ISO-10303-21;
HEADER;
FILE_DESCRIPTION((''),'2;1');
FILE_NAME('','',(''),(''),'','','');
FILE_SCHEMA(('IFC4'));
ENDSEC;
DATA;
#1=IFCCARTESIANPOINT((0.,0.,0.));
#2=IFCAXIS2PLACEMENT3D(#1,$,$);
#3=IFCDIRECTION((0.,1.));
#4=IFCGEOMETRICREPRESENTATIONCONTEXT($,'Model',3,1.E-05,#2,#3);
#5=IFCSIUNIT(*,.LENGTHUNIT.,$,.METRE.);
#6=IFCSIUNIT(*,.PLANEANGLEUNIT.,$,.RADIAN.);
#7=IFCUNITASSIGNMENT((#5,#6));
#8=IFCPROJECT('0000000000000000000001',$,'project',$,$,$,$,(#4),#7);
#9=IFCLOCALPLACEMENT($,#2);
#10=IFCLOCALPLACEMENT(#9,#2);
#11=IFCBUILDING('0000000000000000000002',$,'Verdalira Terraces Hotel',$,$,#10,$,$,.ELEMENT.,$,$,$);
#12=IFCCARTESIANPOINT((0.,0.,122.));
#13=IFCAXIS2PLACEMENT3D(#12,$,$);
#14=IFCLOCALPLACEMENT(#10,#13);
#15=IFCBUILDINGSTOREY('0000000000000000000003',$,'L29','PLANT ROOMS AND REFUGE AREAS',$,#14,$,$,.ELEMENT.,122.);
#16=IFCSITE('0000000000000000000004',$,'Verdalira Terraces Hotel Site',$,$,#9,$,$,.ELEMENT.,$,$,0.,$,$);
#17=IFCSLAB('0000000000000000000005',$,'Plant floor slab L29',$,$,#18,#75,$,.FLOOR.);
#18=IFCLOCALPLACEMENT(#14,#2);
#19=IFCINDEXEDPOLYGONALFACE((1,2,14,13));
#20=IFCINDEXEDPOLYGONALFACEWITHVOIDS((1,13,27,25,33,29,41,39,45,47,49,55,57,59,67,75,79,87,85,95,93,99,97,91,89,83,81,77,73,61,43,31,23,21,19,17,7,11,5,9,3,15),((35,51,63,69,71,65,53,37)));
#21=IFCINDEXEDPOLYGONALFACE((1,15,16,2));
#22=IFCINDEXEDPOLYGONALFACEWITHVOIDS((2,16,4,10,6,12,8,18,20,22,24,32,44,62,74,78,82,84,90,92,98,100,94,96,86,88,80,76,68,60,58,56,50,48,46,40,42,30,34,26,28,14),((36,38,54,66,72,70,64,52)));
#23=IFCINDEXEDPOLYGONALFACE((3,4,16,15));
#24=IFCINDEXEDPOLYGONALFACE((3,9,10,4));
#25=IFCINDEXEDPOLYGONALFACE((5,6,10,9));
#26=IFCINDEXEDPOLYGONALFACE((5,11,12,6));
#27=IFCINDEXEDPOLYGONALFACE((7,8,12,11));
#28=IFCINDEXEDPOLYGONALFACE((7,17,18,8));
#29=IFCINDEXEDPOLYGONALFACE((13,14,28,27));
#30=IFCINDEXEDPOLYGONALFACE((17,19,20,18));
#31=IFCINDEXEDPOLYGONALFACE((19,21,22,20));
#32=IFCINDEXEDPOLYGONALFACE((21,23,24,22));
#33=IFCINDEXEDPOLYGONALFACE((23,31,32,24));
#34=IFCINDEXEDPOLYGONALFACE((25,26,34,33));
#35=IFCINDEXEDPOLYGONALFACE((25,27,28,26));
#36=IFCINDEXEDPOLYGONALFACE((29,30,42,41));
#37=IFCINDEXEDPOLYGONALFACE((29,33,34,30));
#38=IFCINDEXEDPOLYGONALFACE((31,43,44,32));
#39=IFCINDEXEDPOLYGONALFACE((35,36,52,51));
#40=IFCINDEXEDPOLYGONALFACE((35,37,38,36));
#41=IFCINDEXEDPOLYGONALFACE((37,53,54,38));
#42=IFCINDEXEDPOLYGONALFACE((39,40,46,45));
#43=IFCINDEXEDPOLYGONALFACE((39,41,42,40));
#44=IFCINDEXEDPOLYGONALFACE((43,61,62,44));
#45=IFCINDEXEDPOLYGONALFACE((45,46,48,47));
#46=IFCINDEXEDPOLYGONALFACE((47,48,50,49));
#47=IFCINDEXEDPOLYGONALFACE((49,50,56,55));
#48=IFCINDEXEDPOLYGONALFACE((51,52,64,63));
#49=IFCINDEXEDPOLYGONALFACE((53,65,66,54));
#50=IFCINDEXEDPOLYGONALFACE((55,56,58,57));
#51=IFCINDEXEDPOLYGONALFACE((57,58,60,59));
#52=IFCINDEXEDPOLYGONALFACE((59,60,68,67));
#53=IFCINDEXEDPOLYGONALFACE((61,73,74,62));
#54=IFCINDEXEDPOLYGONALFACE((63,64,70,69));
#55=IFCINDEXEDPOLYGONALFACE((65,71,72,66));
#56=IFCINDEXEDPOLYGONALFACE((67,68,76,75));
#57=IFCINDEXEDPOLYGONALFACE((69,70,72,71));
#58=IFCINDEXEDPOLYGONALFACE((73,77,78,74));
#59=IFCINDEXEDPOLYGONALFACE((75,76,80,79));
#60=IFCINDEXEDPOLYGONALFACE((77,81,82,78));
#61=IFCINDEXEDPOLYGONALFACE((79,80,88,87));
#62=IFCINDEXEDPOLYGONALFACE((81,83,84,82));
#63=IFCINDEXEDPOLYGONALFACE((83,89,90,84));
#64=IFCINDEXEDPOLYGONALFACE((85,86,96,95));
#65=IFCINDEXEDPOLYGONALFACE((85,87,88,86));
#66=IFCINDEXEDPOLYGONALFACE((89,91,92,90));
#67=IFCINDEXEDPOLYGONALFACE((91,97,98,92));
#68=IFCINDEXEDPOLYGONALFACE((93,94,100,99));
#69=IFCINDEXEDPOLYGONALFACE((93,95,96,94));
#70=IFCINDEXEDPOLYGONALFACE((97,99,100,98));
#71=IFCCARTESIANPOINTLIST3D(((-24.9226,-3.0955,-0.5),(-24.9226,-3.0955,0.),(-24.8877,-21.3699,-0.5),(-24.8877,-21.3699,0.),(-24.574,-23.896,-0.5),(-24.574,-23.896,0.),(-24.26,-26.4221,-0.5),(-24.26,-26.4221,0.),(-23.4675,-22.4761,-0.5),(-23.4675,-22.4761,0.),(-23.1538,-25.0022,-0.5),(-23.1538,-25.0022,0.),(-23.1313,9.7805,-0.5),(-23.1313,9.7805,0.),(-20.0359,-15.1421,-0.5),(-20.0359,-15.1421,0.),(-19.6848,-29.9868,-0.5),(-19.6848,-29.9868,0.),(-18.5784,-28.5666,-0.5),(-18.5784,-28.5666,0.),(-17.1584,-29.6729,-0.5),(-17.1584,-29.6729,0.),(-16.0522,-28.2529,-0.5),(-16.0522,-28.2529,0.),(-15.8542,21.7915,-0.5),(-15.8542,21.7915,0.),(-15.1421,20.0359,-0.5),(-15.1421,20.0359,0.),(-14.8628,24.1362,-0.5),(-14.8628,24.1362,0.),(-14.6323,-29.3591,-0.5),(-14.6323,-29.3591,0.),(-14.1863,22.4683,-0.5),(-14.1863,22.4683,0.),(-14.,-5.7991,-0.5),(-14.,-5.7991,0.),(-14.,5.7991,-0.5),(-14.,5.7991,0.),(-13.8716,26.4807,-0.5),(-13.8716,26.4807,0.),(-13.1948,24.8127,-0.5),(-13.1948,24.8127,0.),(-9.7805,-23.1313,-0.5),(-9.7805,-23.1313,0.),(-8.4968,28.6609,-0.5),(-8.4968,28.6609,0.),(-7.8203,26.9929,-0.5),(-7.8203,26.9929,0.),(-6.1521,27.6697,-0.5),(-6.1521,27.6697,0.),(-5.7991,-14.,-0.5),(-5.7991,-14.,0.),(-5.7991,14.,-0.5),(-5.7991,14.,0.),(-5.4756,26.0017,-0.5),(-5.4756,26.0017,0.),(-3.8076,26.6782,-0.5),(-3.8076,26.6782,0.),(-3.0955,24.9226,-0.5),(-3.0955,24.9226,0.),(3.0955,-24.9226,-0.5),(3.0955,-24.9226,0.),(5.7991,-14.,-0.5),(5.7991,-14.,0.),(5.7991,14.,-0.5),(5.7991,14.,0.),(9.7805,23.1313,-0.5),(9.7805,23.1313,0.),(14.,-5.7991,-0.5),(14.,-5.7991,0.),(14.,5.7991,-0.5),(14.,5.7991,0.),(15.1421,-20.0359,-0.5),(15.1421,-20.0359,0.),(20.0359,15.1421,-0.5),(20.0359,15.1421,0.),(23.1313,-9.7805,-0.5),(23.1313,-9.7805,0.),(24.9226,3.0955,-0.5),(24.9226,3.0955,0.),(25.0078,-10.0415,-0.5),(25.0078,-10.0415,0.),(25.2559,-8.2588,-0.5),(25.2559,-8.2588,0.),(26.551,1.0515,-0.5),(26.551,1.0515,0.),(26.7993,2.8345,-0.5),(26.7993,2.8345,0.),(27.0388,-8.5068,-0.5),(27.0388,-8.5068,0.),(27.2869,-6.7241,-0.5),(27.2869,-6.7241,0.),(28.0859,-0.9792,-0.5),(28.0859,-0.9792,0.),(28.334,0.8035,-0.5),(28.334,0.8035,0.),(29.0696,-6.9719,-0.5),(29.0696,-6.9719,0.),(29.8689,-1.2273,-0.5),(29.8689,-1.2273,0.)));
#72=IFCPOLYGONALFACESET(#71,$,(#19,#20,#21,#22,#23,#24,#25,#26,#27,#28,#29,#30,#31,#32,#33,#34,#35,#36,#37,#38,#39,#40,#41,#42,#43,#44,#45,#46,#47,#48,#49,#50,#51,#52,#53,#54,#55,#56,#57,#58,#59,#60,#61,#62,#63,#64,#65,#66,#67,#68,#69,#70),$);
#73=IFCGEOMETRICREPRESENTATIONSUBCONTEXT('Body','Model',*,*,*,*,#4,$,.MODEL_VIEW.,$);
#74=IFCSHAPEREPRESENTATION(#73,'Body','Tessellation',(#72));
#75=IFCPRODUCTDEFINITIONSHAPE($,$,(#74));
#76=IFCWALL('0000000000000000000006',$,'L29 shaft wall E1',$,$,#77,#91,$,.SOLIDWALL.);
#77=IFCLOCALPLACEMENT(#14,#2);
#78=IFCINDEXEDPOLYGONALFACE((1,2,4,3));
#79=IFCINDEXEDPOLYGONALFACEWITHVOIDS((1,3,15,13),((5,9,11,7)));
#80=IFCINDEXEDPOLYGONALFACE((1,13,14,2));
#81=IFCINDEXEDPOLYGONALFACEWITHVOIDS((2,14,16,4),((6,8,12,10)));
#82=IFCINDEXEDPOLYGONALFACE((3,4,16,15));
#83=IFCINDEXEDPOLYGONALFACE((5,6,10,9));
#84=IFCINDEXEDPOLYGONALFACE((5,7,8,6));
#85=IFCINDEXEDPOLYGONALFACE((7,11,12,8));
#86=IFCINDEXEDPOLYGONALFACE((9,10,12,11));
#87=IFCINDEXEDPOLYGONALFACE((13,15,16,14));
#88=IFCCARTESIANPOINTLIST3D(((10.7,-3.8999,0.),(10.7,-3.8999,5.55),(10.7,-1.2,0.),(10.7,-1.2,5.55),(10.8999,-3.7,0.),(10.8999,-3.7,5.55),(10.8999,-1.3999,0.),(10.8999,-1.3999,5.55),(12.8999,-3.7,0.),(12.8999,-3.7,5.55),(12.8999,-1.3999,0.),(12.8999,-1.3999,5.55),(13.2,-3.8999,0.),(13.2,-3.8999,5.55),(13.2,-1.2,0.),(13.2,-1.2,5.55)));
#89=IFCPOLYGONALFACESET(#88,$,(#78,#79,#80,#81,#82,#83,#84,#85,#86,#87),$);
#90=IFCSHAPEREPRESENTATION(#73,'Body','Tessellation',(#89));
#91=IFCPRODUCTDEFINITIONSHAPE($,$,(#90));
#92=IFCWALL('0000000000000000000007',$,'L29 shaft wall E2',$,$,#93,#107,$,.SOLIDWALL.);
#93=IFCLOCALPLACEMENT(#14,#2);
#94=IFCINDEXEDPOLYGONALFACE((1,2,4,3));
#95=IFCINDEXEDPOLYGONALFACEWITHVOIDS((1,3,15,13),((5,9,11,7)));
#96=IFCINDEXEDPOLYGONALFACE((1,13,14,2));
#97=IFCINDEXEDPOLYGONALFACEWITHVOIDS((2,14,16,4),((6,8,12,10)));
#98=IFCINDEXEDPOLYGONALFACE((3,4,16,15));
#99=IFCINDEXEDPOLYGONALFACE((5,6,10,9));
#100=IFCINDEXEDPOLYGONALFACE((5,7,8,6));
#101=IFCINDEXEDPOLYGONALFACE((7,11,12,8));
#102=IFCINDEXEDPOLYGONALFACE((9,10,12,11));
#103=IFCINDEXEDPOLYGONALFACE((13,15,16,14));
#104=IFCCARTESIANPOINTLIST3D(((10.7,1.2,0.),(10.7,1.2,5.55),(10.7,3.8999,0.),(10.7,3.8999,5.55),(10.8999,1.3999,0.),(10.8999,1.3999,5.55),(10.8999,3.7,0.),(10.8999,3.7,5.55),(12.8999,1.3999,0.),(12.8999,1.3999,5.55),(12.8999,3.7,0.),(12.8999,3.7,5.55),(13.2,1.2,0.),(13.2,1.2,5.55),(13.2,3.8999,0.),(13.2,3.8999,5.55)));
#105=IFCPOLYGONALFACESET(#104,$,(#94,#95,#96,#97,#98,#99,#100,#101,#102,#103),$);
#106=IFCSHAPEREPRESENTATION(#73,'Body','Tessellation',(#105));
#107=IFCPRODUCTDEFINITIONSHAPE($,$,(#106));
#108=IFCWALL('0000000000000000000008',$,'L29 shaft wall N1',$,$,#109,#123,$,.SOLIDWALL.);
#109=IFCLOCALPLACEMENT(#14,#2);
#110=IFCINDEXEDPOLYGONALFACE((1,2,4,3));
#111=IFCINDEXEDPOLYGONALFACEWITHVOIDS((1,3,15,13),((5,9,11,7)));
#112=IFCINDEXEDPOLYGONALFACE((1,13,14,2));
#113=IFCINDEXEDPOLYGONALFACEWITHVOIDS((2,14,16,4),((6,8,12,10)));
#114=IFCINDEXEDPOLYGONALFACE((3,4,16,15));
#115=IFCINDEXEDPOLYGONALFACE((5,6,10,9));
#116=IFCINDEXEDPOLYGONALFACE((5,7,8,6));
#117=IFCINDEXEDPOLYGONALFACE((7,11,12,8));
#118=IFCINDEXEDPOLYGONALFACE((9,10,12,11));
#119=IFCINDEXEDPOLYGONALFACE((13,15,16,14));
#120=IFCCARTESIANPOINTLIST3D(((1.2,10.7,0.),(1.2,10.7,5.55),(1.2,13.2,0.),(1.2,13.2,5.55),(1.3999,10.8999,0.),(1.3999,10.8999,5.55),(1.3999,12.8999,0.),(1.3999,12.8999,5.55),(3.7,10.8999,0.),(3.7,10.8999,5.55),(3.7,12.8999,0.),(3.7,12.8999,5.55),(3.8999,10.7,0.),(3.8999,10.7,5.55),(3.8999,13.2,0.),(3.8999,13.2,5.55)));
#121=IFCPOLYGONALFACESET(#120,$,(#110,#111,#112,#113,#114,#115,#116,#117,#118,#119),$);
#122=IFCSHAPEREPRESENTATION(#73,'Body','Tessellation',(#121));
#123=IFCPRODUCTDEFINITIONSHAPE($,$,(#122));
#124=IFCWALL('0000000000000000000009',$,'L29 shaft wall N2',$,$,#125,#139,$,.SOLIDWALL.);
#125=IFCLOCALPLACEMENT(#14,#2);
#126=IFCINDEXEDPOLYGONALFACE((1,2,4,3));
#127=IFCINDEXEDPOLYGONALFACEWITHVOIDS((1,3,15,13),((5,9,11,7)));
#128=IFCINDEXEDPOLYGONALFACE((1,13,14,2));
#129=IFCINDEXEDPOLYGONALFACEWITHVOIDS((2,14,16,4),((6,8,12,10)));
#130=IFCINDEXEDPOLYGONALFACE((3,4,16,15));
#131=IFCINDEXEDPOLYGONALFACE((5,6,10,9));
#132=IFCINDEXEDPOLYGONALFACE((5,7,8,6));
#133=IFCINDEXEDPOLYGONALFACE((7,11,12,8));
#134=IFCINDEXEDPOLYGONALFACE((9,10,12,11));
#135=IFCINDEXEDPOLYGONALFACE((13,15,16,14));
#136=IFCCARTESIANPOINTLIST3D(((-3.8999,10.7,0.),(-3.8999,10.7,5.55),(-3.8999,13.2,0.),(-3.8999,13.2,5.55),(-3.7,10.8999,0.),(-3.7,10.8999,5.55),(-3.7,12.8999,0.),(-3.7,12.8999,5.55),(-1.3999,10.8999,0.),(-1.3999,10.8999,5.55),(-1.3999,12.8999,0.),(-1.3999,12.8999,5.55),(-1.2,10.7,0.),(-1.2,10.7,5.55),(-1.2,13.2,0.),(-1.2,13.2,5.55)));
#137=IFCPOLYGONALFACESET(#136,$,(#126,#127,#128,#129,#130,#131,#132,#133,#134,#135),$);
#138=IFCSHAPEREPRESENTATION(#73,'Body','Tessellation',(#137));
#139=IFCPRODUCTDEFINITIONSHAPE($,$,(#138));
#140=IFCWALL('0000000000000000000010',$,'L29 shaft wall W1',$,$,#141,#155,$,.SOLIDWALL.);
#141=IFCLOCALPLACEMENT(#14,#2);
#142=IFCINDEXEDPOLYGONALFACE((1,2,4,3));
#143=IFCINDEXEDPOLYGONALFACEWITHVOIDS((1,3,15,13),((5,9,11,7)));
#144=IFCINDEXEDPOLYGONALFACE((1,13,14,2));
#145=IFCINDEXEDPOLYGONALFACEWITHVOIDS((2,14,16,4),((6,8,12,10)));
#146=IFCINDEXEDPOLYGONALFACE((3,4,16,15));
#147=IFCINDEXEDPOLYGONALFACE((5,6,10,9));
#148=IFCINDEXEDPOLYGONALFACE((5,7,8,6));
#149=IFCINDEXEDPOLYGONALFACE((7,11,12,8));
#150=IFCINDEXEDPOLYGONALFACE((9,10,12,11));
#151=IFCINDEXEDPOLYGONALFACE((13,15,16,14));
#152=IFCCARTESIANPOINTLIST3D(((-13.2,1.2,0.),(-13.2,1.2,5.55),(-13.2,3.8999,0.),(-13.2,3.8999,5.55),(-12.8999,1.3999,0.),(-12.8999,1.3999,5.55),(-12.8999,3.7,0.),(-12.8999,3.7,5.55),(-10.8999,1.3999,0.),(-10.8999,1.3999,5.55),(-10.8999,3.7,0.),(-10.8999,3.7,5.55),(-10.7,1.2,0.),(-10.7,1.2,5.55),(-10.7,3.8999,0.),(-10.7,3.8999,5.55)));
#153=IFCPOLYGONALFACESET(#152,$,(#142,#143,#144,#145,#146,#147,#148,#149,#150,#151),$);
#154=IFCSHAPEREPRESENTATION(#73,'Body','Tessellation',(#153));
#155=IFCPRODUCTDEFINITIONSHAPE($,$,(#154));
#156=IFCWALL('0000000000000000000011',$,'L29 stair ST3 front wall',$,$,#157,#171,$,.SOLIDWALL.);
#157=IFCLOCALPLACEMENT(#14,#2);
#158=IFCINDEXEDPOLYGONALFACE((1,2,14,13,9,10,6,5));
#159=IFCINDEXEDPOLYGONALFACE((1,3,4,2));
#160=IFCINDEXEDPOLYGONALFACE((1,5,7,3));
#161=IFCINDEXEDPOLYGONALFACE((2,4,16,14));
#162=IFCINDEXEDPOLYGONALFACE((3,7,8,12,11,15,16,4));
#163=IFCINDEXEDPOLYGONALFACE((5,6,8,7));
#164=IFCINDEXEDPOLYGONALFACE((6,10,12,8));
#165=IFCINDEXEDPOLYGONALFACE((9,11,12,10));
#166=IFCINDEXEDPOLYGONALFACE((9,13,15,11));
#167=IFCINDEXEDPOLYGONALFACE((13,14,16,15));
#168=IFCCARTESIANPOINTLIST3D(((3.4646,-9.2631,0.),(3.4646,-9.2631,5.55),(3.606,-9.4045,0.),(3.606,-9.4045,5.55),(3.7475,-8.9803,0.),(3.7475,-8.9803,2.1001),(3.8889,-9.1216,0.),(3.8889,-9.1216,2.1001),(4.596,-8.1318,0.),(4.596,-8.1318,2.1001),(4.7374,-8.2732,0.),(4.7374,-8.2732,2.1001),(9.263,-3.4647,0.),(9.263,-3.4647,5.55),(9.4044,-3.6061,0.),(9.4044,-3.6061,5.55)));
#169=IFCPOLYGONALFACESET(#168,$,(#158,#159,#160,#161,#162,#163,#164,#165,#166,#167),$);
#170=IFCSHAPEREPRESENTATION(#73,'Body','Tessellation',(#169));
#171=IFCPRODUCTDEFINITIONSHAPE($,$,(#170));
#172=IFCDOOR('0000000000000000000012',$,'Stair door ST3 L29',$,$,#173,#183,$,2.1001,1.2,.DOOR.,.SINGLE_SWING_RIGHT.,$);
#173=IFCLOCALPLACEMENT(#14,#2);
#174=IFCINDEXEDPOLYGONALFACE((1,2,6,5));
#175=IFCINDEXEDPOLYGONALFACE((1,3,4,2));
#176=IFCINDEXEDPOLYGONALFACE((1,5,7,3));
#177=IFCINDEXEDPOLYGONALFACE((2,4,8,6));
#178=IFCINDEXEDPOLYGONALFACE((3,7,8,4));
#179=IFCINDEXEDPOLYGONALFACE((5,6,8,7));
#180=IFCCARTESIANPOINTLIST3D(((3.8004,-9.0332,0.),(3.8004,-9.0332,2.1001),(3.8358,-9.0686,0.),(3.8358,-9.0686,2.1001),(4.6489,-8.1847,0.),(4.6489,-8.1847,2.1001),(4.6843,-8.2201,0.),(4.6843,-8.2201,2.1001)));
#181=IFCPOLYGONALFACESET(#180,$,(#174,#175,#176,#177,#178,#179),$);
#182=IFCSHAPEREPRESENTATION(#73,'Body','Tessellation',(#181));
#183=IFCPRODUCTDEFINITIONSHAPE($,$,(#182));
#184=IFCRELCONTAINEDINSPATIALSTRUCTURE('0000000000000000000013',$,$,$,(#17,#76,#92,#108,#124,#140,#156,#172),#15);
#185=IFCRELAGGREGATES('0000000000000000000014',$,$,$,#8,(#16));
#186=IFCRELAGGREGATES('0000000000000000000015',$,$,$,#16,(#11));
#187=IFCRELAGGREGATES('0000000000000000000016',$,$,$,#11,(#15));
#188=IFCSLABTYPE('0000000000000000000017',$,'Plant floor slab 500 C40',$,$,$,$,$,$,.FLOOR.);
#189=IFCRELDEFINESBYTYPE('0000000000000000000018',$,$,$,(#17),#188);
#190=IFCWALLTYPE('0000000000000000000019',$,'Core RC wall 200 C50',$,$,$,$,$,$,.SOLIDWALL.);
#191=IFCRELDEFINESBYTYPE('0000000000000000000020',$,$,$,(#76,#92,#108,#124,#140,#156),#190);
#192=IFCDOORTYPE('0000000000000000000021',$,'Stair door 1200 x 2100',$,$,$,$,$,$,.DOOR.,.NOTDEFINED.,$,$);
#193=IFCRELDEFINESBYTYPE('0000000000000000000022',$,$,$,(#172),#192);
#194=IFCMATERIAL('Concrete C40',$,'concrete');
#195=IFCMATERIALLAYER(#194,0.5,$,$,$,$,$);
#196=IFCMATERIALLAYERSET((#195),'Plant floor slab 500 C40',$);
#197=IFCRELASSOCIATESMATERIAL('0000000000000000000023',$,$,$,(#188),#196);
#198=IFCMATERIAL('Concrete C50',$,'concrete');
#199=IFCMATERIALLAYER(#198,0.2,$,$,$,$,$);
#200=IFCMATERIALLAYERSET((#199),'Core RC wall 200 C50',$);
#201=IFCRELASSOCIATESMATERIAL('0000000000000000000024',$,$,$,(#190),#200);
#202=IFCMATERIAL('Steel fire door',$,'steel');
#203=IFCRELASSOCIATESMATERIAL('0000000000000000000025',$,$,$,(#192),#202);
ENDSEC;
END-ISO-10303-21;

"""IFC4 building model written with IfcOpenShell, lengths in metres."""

from ifc_helpers import new_model, si_unit, direction, frame, frame_2d, origin, place, context, subcontext, project, spatial, polyline, rectangle, outline, extrude, material, layer, layer_set, type_object, element, fill, save


model = new_model("IFC4")

# Units and contexts
model_context = context("Model", 3, precision=1e-05, world=origin(), true_north=direction((0.0, 1.0)))
body_context = subcontext(model_context, "Body", "Model", "MODEL_VIEW")
ifc_project = project(units=[si_unit("LENGTHUNIT", "METRE"), si_unit("PLANEANGLEUNIT", "RADIAN")], contexts=[model_context])

# Site, building, storey
site_placement = place(None, origin())
site = spatial("IfcSite", under=ifc_project, at=site_placement, Name="Verdalira Terraces Hotel Site", CompositionType="ELEMENT", RefElevation=0.0)
building_placement = place(site_placement, origin())
building = spatial("IfcBuilding", under=site, at=building_placement, Name="Verdalira Terraces Hotel", CompositionType="ELEMENT")
storey_placement = place(building_placement, frame((0.0, 0.0, 122.0)))
storey = spatial("IfcBuildingStorey", under=building, at=storey_placement, Name="L29", Description="PLANT ROOMS AND REFUGE AREAS", CompositionType="ELEMENT", Elevation=122.0)

# Slab
ifc_material_1 = material(Name="Concrete C40", Category="concrete")
ifc_layer_1 = layer(ifc_material_1, 0.5)
ifc_layer_set_1 = layer_set([ifc_layer_1], Name="Plant floor slab 500 C40")
slab_type = type_object("IfcSlabType", Name="Plant floor slab 500 C40", PredefinedType="FLOOR", material=ifc_layer_set_1)
slab_placement = place(storey_placement, frame((0.0, 0.0, -0.5)))
element("IfcSlab", 1, at=slab_placement, inside=storey, type_object=slab_type, Name="Plant floor slab L29", PredefinedType="FLOOR", context=body_context, shape_type="SweptSolid", body=[
    extrude(outline(polyline([(9.7805, 23.1313), (-3.0955, 24.9226), (-3.8076, 26.6782), (-5.4756, 26.0017), (-6.1521, 27.6697), (-7.8203, 26.9929), (-8.4968, 28.6609), (-13.8716, 26.4807), (-13.1948, 24.8127), (-14.8628, 24.1362), (-14.1863, 22.4683), (-15.8542, 21.7915), (-15.1421, 20.0359), (-23.1313, 9.7805), (-24.9226, -3.0955), (-20.0359, -15.1421), (-24.8877, -21.3699), (-23.4675, -22.4761), (-24.574, -23.896), (-23.1538, -25.0022), (-24.26, -26.4221), (-19.6848, -29.9868), (-18.5784, -28.5666), (-17.1584, -29.6729), (-16.0522, -28.2529), (-14.6323, -29.3591), (-9.7805, -23.1313), (3.0955, -24.9226), (15.1421, -20.0359), (23.1313, -9.7805), (25.0078, -10.0415), (25.2559, -8.2588), (27.0388, -8.5068), (27.2869, -6.7241), (29.0696, -6.9719), (29.8689, -1.2273), (28.0859, -0.9792), (28.334, 0.8035), (26.551, 1.0515), (26.7993, 2.8345), (24.9226, 3.0955), (20.0359, 15.1421), (9.7805, 23.1313)]), holes=[polyline([(5.7991, 14.0), (14.0, 5.7991), (14.0, -5.7991), (5.7991, -14.0), (-5.7991, -14.0), (-14.0, -5.7991), (-14.0, 5.7991), (-5.7991, 14.0), (5.7991, 14.0)])]), origin(), (0.0, 0.0, 1.0), 0.5),
])

# Walls
ifc_material_2 = material(Name="Concrete C50", Category="concrete")
ifc_layer_2 = layer(ifc_material_2, 0.2)
ifc_layer_set_2 = layer_set([ifc_layer_2], Name="Core RC wall 200 C50")
wall_type_1 = type_object("IfcWallType", Name="Core RC wall 200 C50", PredefinedType="SOLIDWALL", material=ifc_layer_set_2)
wall_1_placement = place(storey_placement, origin())
element("IfcWall", 2, at=wall_1_placement, inside=storey, type_object=wall_type_1, Name="L29 shaft wall E1", PredefinedType="SOLIDWALL", context=body_context, shape_type="SweptSolid", body=[
    extrude(outline(polyline([(13.2, -1.2), (13.2, -3.8999), (10.7, -3.8999), (10.7, -1.2), (13.2, -1.2)]), holes=[polyline([(10.8999, -3.7), (12.8999, -3.7), (12.8999, -1.3999), (10.8999, -1.3999), (10.8999, -3.7)])]), origin(), (0.0, 0.0, 1.0), 5.55),
])
wall_2_placement = place(storey_placement, origin())
element("IfcWall", 3, at=wall_2_placement, inside=storey, type_object=wall_type_1, Name="L29 shaft wall E2", PredefinedType="SOLIDWALL", context=body_context, shape_type="SweptSolid", body=[
    extrude(outline(polyline([(10.7, 3.8999), (13.2, 3.8999), (13.2, 1.2), (10.7, 1.2), (10.7, 3.8999)]), holes=[polyline([(12.8999, 1.3999), (12.8999, 3.7), (10.8999, 3.7), (10.8999, 1.3999), (12.8999, 1.3999)])]), origin(), (0.0, 0.0, 1.0), 5.55),
])
wall_3_placement = place(storey_placement, origin())
element("IfcWall", 4, at=wall_3_placement, inside=storey, type_object=wall_type_1, Name="L29 shaft wall N1", PredefinedType="SOLIDWALL", context=body_context, shape_type="SweptSolid", body=[
    extrude(outline(polyline([(1.2, 13.2), (3.8999, 13.2), (3.8999, 10.7), (1.2, 10.7), (1.2, 13.2)]), holes=[polyline([(3.7, 10.8999), (3.7, 12.8999), (1.3999, 12.8999), (1.3999, 10.8999), (3.7, 10.8999)])]), origin(), (0.0, 0.0, 1.0), 5.55),
])
wall_4_placement = place(storey_placement, origin())
element("IfcWall", 5, at=wall_4_placement, inside=storey, type_object=wall_type_1, Name="L29 shaft wall N2", PredefinedType="SOLIDWALL", context=body_context, shape_type="SweptSolid", body=[
    extrude(outline(polyline([(-3.8999, 10.7), (-3.8999, 13.2), (-1.2, 13.2), (-1.2, 10.7), (-3.8999, 10.7)]), holes=[polyline([(-1.3999, 12.8999), (-3.7, 12.8999), (-3.7, 10.8999), (-1.3999, 10.8999), (-1.3999, 12.8999)])]), origin(), (0.0, 0.0, 1.0), 5.55),
])
wall_5_placement = place(storey_placement, origin())
element("IfcWall", 6, at=wall_5_placement, inside=storey, type_object=wall_type_1, Name="L29 shaft wall W1", PredefinedType="SOLIDWALL", context=body_context, shape_type="SweptSolid", body=[
    extrude(outline(polyline([(-13.2, 1.2), (-13.2, 3.8999), (-10.7, 3.8999), (-10.7, 1.2), (-13.2, 1.2)]), holes=[polyline([(-10.8999, 3.7), (-12.8999, 3.7), (-12.8999, 1.3999), (-10.8999, 1.3999), (-10.8999, 3.7)])]), origin(), (0.0, 0.0, 1.0), 5.55),
])

# Wall, opening, door
wall_6_placement = place(storey_placement, frame((9.3337, -3.5354, 0.0), z_axis=(0.0, 0.0, 1.0), x_axis=(-0.707107, -0.707107, 0.0)))
wall_6 = element("IfcWall", 7, at=wall_6_placement, inside=storey, type_object=wall_type_1, Name="L29 stair ST3 front wall", PredefinedType="SOLIDWALL", context=body_context, shape_type="SweptSolid", body=[
    extrude(rectangle(XDim=8.2002, YDim=0.2, at=frame_2d((4.1001, 0.0))), origin(), (0.0, 0.0, 1.0), 5.55),
])
opening_1_placement = place(wall_6_placement, frame((6.6001, 0.0, 0.0)))
opening_1 = element("IfcOpeningElement", 8, at=opening_1_placement, cuts=wall_6, PredefinedType="OPENING", context=body_context, shape_type="SweptSolid", body=[
    extrude(rectangle(XDim=1.2, YDim=2.1001, at=frame_2d((0.6001, 1.05))), frame((0.0, 0.1099, 0.0), z_axis=(0.0, -1.0, 0.0), x_axis=(1.0, 0.0, 0.0)), (0.0, 0.0, 1.0), 0.22),
])
ifc_material_3 = material(Name="Steel fire door", Category="steel")
door_type_1 = type_object("IfcDoorType", Name="Stair door 1200 x 2100", OperationType="NOTDEFINED", PredefinedType="DOOR", material=ifc_material_3)
door_1_placement = place(opening_1_placement, origin())
door_1 = element("IfcDoor", 9, at=door_1_placement, inside=storey, type_object=door_type_1, Name="Stair door ST3 L29", OperationType="SINGLE_SWING_RIGHT", OverallHeight=2.1001, OverallWidth=1.2, PredefinedType="DOOR", context=body_context, shape_type="SweptSolid", body=[
    extrude(rectangle(XDim=1.2, YDim=2.1001, at=frame_2d((0.6001, 1.05))), frame((0.0, 0.0249, 0.0), z_axis=(0.0, -1.0, 0.0), x_axis=(1.0, 0.0, 0.0)), (0.0, 0.0, 1.0), 0.05),
])
fill(opening_1, door_1)

save(model, "model.ifc")
